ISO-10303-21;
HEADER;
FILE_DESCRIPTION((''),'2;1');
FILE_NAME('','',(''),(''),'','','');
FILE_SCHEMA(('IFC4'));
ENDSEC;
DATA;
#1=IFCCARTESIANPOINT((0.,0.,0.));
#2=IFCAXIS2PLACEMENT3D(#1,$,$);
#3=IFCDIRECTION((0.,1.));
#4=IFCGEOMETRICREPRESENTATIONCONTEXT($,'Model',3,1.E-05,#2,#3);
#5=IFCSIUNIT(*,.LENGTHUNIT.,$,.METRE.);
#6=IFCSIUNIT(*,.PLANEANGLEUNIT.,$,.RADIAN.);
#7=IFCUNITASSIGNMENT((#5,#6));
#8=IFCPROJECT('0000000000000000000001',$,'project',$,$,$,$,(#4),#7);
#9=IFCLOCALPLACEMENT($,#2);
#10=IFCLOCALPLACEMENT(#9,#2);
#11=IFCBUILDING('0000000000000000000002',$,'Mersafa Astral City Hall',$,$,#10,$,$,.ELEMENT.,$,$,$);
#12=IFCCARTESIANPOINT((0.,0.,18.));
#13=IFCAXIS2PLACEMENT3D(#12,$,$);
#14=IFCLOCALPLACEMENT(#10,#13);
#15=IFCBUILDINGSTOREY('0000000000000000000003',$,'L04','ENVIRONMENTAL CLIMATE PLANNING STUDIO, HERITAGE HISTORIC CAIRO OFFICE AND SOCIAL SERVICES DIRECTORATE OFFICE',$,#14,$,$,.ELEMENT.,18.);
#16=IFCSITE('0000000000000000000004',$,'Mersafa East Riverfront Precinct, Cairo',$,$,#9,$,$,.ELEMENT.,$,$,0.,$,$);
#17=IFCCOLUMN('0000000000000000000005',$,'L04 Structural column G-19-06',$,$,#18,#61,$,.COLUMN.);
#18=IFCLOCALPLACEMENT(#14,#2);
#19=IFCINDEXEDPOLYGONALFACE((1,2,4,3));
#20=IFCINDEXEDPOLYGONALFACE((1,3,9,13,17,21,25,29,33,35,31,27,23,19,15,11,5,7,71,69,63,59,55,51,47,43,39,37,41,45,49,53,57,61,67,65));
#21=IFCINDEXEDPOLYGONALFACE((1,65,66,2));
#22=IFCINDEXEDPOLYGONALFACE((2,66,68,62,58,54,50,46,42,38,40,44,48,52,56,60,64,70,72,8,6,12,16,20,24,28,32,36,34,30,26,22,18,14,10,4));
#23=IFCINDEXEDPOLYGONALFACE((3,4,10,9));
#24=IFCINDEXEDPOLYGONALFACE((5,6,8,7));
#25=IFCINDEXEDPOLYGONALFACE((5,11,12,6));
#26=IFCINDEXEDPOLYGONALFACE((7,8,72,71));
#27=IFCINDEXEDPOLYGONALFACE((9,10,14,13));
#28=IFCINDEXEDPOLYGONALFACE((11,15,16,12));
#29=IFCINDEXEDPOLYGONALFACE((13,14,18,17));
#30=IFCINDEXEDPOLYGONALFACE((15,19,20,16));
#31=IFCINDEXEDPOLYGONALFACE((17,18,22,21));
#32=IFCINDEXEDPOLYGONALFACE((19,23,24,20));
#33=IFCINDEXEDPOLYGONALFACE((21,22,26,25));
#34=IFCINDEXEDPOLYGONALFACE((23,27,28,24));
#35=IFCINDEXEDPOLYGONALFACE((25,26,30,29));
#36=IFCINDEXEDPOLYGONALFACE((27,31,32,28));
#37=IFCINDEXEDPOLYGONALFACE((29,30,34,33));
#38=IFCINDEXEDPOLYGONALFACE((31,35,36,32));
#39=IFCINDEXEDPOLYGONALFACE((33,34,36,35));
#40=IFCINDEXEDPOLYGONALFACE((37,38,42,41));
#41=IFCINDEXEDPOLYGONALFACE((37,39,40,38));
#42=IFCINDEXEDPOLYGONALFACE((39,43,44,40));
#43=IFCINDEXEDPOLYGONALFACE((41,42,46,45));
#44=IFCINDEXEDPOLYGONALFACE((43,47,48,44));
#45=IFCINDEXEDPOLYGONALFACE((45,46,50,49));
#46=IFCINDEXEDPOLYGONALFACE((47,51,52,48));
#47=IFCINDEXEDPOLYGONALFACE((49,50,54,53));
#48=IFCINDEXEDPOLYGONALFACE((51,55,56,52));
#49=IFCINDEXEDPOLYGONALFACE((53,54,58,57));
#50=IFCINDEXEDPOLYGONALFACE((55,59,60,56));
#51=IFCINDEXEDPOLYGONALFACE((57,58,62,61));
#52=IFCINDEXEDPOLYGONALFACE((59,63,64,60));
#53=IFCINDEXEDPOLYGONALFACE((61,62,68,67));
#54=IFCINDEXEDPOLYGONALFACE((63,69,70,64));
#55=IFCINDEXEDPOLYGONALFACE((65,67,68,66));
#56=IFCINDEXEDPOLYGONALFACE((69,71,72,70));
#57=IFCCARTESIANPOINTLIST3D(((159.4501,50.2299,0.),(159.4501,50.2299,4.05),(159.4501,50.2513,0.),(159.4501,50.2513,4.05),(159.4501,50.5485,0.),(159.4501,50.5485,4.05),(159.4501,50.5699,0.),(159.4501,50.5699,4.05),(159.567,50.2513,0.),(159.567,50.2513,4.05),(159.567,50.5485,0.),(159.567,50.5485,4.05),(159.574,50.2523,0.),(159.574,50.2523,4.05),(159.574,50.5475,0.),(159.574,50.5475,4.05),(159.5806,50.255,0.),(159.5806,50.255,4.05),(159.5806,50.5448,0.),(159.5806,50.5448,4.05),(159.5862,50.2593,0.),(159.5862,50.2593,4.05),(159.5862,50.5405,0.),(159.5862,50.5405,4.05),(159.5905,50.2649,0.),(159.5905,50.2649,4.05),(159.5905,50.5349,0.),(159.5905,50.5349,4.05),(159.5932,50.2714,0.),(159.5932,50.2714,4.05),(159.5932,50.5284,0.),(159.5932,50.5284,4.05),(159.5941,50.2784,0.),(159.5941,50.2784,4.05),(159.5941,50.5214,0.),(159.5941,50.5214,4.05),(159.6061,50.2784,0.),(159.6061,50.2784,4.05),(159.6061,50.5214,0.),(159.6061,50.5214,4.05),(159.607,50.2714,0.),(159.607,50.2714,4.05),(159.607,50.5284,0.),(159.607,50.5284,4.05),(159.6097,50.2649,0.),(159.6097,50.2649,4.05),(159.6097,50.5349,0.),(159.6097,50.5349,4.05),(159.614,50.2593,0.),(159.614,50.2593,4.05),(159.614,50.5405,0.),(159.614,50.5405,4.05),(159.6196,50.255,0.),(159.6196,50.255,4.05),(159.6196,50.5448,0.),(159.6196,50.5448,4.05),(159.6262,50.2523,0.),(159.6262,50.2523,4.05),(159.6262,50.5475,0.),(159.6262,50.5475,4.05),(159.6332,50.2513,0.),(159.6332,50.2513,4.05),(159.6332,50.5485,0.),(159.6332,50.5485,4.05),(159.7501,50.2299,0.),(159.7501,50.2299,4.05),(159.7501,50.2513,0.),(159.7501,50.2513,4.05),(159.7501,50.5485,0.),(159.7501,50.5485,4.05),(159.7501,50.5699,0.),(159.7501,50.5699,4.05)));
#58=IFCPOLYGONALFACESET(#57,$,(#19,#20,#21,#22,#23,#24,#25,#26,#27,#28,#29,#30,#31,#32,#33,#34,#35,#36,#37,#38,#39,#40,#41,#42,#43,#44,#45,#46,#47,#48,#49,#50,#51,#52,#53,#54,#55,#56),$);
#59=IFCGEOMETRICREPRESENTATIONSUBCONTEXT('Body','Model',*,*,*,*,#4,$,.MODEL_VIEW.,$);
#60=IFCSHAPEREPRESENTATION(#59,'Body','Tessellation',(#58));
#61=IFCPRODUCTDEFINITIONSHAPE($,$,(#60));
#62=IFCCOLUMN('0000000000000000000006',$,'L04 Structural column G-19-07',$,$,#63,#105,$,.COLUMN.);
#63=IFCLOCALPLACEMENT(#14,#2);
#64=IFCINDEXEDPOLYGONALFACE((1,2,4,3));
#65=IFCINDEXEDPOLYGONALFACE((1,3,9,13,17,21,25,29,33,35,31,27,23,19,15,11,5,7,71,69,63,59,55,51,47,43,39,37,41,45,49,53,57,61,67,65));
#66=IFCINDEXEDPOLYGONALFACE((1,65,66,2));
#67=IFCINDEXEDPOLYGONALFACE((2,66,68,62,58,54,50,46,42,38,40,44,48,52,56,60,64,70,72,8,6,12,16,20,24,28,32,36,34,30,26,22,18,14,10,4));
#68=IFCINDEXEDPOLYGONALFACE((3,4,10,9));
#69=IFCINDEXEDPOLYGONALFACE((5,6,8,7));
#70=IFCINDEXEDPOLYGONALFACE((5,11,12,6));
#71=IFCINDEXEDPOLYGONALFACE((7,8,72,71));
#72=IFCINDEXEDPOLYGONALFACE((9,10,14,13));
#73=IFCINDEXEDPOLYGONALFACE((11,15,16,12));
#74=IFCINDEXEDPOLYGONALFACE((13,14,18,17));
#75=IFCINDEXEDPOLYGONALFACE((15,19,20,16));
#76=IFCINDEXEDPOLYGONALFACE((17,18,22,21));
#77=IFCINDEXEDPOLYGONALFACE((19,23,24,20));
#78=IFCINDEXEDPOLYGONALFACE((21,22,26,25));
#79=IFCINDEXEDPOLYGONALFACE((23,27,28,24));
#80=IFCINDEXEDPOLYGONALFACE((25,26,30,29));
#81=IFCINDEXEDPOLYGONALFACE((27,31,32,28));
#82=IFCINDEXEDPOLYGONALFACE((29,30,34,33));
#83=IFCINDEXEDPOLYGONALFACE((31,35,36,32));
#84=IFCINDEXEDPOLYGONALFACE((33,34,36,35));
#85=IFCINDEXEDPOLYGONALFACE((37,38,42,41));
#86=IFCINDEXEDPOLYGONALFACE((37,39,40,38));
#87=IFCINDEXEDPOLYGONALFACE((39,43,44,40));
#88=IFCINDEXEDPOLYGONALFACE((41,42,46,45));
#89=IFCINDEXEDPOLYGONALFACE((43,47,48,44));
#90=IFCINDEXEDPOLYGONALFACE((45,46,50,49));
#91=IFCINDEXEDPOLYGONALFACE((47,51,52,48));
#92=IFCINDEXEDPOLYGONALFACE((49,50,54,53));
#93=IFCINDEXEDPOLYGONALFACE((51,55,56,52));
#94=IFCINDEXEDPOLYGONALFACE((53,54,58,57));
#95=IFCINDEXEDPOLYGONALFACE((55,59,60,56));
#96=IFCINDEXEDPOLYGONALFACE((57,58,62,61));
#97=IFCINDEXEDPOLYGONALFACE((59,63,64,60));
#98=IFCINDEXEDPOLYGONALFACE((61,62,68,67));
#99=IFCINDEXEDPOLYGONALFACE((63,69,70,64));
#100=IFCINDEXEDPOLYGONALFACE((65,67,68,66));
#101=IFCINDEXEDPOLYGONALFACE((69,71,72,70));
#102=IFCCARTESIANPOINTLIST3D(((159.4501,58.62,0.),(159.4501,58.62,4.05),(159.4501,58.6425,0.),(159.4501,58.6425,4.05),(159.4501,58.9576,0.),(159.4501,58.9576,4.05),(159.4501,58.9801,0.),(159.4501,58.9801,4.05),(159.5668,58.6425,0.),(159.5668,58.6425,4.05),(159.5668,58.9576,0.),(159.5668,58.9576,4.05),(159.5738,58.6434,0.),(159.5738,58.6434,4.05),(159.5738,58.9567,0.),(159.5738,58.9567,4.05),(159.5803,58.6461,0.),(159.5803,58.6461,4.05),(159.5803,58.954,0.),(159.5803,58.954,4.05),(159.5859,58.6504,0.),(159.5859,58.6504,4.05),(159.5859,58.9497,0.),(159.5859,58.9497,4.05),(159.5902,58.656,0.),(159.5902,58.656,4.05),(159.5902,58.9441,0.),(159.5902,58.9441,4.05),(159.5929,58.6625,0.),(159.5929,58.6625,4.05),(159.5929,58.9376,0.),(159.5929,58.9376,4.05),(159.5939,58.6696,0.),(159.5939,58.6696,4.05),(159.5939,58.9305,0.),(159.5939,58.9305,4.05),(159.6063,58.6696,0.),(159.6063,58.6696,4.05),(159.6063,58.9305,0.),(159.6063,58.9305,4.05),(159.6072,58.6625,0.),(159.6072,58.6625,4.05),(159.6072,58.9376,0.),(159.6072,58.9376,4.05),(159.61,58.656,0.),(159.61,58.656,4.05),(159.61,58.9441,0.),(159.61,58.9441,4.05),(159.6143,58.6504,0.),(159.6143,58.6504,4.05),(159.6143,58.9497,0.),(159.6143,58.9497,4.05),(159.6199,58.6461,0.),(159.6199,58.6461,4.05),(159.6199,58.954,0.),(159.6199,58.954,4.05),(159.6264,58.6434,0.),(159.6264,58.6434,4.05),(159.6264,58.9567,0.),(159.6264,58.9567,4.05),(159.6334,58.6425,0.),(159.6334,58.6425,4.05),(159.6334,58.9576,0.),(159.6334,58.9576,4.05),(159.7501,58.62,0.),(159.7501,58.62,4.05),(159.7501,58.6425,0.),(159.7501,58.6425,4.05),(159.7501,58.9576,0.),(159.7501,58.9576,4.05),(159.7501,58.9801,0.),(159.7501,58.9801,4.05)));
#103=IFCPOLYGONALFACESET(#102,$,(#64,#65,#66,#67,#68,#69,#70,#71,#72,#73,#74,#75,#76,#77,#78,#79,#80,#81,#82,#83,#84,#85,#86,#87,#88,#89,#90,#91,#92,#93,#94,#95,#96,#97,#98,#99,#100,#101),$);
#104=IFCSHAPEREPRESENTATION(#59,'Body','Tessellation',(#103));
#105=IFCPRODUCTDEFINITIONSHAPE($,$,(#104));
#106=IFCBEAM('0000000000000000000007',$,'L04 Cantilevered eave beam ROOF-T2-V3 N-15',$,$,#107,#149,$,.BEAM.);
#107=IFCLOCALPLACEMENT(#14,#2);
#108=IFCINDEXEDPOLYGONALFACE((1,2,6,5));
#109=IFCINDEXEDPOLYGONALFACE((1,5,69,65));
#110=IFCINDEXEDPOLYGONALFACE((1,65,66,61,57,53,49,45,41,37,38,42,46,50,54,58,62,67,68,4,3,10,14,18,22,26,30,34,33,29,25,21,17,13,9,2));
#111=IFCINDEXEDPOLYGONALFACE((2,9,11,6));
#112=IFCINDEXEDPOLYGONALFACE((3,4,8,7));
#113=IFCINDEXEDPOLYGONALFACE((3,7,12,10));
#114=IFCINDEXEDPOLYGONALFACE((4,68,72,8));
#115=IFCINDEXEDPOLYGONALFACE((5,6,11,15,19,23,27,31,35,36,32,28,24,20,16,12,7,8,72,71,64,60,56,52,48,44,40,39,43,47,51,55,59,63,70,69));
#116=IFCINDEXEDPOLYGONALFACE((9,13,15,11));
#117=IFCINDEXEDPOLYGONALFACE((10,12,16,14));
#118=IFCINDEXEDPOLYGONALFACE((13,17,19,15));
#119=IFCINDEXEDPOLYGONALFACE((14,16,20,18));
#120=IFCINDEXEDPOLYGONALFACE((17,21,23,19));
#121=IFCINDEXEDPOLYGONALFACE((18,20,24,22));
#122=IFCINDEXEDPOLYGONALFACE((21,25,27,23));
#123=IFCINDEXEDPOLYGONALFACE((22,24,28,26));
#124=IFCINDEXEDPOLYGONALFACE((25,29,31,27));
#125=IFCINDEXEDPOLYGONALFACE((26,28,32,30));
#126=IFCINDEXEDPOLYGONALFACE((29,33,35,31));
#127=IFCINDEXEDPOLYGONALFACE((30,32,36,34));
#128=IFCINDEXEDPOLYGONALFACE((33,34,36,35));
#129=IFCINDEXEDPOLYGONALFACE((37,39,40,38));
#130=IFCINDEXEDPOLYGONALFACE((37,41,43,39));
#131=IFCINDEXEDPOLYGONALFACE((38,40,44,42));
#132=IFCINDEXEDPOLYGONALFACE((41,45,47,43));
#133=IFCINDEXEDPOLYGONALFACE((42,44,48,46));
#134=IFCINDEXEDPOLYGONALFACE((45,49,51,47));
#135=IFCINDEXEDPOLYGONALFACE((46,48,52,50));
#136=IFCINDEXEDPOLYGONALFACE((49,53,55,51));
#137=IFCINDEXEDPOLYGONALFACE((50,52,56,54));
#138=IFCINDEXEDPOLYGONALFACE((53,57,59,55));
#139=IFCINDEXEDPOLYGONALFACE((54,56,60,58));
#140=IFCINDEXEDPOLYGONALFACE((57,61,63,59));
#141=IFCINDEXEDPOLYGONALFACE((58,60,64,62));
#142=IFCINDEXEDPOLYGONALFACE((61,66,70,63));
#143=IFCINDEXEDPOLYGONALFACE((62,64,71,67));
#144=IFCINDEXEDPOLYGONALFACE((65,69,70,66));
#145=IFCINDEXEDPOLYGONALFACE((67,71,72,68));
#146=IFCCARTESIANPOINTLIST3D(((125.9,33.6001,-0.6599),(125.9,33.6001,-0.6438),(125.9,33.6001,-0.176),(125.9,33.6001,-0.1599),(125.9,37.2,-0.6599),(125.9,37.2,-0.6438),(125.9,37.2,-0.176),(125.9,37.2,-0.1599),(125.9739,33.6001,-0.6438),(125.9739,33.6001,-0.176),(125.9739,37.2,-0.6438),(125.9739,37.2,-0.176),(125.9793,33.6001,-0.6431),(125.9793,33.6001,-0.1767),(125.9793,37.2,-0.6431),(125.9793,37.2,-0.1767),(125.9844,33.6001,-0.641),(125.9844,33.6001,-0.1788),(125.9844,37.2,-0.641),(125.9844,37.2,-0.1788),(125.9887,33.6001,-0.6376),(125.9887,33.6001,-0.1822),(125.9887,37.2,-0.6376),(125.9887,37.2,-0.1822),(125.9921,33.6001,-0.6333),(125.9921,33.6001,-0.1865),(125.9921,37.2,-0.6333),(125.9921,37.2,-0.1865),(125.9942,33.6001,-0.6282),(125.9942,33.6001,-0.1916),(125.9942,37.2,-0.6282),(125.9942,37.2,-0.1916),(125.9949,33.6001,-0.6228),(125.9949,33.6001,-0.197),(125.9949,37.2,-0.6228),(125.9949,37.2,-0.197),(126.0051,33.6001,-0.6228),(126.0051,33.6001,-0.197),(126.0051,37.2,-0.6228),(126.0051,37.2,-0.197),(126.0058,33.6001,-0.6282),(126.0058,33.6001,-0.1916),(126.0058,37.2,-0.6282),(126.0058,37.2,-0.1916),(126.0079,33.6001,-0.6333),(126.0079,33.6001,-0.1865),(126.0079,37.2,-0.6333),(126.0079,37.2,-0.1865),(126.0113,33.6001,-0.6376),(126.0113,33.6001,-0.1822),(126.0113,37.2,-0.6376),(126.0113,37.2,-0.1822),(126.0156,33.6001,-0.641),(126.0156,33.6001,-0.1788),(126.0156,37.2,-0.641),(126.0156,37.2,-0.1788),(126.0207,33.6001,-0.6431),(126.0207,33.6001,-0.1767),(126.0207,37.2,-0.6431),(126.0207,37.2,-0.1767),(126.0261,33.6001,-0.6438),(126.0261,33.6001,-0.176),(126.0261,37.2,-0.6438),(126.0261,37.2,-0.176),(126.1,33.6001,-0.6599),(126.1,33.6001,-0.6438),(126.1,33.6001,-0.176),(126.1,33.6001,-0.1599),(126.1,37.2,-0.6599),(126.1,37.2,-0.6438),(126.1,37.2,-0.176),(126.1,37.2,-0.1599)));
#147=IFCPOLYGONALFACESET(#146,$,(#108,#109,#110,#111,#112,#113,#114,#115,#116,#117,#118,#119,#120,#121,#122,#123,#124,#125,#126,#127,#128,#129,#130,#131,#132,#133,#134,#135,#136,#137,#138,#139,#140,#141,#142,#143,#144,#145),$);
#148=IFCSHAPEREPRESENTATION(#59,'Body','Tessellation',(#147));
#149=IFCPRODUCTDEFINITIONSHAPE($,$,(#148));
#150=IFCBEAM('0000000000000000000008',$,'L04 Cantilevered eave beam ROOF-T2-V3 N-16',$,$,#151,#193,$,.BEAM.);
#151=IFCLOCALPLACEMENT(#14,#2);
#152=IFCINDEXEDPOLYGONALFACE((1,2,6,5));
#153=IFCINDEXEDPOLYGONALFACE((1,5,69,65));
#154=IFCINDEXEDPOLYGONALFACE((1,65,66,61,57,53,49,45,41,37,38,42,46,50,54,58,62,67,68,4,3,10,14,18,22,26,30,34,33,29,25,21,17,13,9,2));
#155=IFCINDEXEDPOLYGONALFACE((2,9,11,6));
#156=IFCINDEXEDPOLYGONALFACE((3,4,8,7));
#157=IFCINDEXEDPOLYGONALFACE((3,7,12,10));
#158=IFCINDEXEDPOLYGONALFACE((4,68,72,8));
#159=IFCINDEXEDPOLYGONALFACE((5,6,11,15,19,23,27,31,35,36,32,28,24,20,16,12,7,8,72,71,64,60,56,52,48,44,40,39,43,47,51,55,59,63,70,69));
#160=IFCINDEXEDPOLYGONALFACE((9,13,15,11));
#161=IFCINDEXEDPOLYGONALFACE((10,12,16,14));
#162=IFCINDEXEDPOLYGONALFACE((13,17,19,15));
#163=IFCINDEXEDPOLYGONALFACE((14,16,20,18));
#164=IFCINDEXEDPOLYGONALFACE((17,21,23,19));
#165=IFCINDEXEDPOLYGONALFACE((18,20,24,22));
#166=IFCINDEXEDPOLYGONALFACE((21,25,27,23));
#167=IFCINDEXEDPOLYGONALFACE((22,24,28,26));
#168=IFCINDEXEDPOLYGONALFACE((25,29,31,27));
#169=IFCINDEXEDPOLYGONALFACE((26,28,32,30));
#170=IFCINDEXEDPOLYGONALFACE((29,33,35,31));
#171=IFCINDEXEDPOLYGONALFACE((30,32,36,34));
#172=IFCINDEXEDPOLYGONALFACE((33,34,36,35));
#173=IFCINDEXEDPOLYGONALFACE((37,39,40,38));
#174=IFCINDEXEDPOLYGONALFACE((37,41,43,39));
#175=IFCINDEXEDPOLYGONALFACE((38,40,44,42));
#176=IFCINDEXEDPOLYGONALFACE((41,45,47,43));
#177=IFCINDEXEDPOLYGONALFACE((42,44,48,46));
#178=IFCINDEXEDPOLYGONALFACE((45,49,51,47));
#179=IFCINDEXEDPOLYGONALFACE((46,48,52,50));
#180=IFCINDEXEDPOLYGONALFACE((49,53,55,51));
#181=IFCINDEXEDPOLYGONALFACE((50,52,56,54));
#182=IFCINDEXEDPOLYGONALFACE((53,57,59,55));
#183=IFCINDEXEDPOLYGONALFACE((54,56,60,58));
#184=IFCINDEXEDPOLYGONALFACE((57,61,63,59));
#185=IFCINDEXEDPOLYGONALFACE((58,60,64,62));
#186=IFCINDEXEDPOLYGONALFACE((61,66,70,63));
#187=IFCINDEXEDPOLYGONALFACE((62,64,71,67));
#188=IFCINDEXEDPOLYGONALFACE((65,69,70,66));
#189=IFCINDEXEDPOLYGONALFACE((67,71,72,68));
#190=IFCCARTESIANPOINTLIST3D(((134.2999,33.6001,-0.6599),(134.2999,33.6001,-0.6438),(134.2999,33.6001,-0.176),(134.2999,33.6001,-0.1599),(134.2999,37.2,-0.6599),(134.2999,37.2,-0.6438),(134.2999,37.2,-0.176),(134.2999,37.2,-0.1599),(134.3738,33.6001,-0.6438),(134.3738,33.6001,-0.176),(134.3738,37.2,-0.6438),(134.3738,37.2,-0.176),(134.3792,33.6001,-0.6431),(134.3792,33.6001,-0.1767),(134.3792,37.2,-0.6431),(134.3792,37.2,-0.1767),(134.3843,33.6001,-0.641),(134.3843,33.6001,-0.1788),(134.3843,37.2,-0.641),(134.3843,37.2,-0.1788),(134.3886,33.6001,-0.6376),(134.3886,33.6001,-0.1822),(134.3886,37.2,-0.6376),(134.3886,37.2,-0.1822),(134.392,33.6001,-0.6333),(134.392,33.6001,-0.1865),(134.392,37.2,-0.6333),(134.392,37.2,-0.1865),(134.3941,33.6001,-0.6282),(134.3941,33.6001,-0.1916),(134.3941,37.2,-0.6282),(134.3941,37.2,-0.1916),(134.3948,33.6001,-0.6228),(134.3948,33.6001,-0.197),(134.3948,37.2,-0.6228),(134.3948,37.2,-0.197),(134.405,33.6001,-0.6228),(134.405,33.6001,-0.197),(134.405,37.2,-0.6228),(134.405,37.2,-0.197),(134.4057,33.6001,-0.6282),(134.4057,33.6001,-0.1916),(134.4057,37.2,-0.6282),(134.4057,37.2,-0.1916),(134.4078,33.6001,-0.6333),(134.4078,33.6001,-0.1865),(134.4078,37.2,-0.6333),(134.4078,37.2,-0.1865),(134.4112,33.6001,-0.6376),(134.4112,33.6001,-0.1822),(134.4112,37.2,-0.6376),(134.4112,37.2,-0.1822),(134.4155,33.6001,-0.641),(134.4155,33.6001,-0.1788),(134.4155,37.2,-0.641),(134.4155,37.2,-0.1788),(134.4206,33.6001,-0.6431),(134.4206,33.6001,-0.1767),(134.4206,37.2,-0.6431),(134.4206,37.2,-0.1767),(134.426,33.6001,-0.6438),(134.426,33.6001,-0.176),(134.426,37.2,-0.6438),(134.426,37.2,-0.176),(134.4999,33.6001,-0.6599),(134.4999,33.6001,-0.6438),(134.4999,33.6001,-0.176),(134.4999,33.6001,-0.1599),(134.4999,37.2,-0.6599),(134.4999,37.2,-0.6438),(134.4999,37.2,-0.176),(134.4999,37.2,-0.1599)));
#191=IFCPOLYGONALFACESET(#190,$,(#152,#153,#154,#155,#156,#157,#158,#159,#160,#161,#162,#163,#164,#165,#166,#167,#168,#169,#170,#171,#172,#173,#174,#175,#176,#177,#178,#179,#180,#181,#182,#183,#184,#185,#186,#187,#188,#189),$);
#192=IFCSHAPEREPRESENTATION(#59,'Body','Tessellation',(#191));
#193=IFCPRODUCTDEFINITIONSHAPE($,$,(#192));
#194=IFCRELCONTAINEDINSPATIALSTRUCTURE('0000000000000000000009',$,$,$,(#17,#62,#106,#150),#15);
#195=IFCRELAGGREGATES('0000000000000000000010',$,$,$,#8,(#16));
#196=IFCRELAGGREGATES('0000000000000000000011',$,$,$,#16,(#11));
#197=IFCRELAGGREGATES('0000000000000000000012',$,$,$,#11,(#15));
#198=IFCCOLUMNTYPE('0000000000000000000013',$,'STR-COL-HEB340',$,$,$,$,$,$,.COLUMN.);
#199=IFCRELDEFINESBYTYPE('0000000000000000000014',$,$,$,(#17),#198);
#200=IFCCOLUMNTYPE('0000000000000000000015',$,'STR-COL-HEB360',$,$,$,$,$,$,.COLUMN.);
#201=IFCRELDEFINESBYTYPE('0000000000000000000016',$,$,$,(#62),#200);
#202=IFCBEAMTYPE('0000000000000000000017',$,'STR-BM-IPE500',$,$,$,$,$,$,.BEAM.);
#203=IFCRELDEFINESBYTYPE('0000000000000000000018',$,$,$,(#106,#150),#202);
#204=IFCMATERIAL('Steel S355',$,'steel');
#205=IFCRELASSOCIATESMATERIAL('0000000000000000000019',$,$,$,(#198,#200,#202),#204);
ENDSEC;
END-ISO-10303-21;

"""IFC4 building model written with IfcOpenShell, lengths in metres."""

from ifc_helpers import new_model, si_unit, direction, frame, origin, origin_2d, place, context, subcontext, project, spatial, i_section, extrude, material, material_profile, profile_set, type_object, element, save


model = new_model("IFC4")

# Units and contexts
model_context = context("Model", 3, precision=1e-05, world=origin(), true_north=direction((0.0, 1.0)))
body_context = subcontext(model_context, "Body", "Model", "MODEL_VIEW")
ifc_project = project(units=[si_unit("LENGTHUNIT", "METRE"), si_unit("PLANEANGLEUNIT", "RADIAN")], contexts=[model_context])

# Site, building, storey
site_placement = place(None, origin())
site = spatial("IfcSite", under=ifc_project, at=site_placement, Name="Mersafa East Riverfront Precinct, Cairo", CompositionType="ELEMENT", RefElevation=0.0)
building_placement = place(site_placement, origin())
building = spatial("IfcBuilding", under=site, at=building_placement, Name="Mersafa Astral City Hall", CompositionType="ELEMENT")
storey_placement = place(building_placement, frame((0.0, 0.0, 18.0)))
storey = spatial("IfcBuildingStorey", under=building, at=storey_placement, Name="L04", Description="ENVIRONMENTAL CLIMATE PLANNING STUDIO, HERITAGE HISTORIC CAIRO OFFICE AND SOCIAL SERVICES DIRECTORATE OFFICE", CompositionType="ELEMENT", Elevation=18.0)

# Columns
ifc_material_1 = material(Name="Steel S355", Category="steel")
ifc_material_profile_1 = material_profile(ifc_material_1, i_section(OverallWidth=0.3, OverallDepth=0.3401, WebThickness=0.012, FlangeThickness=0.0215, FilletRadius=0.0271, at=origin_2d()), Name="HEB 340")
ifc_profile_set_1 = profile_set([ifc_material_profile_1], Name="Steel S355")
column_type_1 = type_object("IfcColumnType", Name="STR-COL-HEB340", PredefinedType="COLUMN", material=ifc_profile_set_1)
column_1_placement = place(storey_placement, frame((159.6001, 50.3999, 0.0), z_axis=(0.0, 0.0, 1.0), x_axis=(1.0, 0.0, 0.0)))
element("IfcColumn", 1, at=column_1_placement, inside=storey, type_object=column_type_1, Name="L04 Structural column G-19-06", PredefinedType="COLUMN", context=body_context, shape_type="SweptSolid", body=[
    extrude(i_section(OverallWidth=0.3, OverallDepth=0.3401, WebThickness=0.012, FlangeThickness=0.0215, FilletRadius=0.0271, at=origin_2d()), origin(), (0.0, 0.0, 1.0), 4.05),
])
ifc_material_profile_2 = material_profile(ifc_material_1, i_section(OverallWidth=0.3, OverallDepth=0.3601, WebThickness=0.0125, FlangeThickness=0.0225, FilletRadius=0.0271, at=origin_2d()), Name="HEB 360")
ifc_profile_set_2 = profile_set([ifc_material_profile_2], Name="Steel S355")
column_type_2 = type_object("IfcColumnType", Name="STR-COL-HEB360", PredefinedType="COLUMN", material=ifc_profile_set_2)
column_2_placement = place(storey_placement, frame((159.6001, 58.8, 0.0), z_axis=(0.0, 0.0, 1.0), x_axis=(1.0, 0.0, 0.0)))
element("IfcColumn", 2, at=column_2_placement, inside=storey, type_object=column_type_2, Name="L04 Structural column G-19-07", PredefinedType="COLUMN", context=body_context, shape_type="SweptSolid", body=[
    extrude(i_section(OverallWidth=0.3, OverallDepth=0.3601, WebThickness=0.0125, FlangeThickness=0.0225, FilletRadius=0.0271, at=origin_2d()), origin(), (0.0, 0.0, 1.0), 4.05),
])

# Beams
ifc_material_profile_3 = material_profile(ifc_material_1, i_section(OverallWidth=0.2, OverallDepth=0.5, WebThickness=0.0103, FlangeThickness=0.0161, FilletRadius=0.021, at=origin_2d()), Name="IPE 500")
ifc_profile_set_3 = profile_set([ifc_material_profile_3], Name="Steel S355")
beam_type_1 = type_object("IfcBeamType", Name="STR-BM-IPE500", PredefinedType="BEAM", material=ifc_profile_set_3)
for number, where, z_axis, x_axis, name in (
    (3, (126.0, 33.6001, -0.4099), (0.0, 1.0, 0.0), (-1.0, 0.0, 0.0), "L04 Cantilevered eave beam ROOF-T2-V3 N-15"),
    (4, (134.3999, 33.6001, -0.4099), (0.0, 1.0, 0.0), (-1.0, 0.0, 0.0), "L04 Cantilevered eave beam ROOF-T2-V3 N-16"),
):
    element("IfcBeam", number, at=place(storey_placement, frame(where, z_axis=z_axis, x_axis=x_axis)), inside=storey, type_object=beam_type_1, Name=name, PredefinedType="BEAM", context=body_context, shape_type="SweptSolid", body=[
        extrude(i_section(OverallWidth=0.2, OverallDepth=0.5, WebThickness=0.0103, FlangeThickness=0.0161, FilletRadius=0.021, at=origin_2d()), origin(), (0.0, 0.0, 1.0), 3.5999),
    ])

save(model, "model.ifc")
